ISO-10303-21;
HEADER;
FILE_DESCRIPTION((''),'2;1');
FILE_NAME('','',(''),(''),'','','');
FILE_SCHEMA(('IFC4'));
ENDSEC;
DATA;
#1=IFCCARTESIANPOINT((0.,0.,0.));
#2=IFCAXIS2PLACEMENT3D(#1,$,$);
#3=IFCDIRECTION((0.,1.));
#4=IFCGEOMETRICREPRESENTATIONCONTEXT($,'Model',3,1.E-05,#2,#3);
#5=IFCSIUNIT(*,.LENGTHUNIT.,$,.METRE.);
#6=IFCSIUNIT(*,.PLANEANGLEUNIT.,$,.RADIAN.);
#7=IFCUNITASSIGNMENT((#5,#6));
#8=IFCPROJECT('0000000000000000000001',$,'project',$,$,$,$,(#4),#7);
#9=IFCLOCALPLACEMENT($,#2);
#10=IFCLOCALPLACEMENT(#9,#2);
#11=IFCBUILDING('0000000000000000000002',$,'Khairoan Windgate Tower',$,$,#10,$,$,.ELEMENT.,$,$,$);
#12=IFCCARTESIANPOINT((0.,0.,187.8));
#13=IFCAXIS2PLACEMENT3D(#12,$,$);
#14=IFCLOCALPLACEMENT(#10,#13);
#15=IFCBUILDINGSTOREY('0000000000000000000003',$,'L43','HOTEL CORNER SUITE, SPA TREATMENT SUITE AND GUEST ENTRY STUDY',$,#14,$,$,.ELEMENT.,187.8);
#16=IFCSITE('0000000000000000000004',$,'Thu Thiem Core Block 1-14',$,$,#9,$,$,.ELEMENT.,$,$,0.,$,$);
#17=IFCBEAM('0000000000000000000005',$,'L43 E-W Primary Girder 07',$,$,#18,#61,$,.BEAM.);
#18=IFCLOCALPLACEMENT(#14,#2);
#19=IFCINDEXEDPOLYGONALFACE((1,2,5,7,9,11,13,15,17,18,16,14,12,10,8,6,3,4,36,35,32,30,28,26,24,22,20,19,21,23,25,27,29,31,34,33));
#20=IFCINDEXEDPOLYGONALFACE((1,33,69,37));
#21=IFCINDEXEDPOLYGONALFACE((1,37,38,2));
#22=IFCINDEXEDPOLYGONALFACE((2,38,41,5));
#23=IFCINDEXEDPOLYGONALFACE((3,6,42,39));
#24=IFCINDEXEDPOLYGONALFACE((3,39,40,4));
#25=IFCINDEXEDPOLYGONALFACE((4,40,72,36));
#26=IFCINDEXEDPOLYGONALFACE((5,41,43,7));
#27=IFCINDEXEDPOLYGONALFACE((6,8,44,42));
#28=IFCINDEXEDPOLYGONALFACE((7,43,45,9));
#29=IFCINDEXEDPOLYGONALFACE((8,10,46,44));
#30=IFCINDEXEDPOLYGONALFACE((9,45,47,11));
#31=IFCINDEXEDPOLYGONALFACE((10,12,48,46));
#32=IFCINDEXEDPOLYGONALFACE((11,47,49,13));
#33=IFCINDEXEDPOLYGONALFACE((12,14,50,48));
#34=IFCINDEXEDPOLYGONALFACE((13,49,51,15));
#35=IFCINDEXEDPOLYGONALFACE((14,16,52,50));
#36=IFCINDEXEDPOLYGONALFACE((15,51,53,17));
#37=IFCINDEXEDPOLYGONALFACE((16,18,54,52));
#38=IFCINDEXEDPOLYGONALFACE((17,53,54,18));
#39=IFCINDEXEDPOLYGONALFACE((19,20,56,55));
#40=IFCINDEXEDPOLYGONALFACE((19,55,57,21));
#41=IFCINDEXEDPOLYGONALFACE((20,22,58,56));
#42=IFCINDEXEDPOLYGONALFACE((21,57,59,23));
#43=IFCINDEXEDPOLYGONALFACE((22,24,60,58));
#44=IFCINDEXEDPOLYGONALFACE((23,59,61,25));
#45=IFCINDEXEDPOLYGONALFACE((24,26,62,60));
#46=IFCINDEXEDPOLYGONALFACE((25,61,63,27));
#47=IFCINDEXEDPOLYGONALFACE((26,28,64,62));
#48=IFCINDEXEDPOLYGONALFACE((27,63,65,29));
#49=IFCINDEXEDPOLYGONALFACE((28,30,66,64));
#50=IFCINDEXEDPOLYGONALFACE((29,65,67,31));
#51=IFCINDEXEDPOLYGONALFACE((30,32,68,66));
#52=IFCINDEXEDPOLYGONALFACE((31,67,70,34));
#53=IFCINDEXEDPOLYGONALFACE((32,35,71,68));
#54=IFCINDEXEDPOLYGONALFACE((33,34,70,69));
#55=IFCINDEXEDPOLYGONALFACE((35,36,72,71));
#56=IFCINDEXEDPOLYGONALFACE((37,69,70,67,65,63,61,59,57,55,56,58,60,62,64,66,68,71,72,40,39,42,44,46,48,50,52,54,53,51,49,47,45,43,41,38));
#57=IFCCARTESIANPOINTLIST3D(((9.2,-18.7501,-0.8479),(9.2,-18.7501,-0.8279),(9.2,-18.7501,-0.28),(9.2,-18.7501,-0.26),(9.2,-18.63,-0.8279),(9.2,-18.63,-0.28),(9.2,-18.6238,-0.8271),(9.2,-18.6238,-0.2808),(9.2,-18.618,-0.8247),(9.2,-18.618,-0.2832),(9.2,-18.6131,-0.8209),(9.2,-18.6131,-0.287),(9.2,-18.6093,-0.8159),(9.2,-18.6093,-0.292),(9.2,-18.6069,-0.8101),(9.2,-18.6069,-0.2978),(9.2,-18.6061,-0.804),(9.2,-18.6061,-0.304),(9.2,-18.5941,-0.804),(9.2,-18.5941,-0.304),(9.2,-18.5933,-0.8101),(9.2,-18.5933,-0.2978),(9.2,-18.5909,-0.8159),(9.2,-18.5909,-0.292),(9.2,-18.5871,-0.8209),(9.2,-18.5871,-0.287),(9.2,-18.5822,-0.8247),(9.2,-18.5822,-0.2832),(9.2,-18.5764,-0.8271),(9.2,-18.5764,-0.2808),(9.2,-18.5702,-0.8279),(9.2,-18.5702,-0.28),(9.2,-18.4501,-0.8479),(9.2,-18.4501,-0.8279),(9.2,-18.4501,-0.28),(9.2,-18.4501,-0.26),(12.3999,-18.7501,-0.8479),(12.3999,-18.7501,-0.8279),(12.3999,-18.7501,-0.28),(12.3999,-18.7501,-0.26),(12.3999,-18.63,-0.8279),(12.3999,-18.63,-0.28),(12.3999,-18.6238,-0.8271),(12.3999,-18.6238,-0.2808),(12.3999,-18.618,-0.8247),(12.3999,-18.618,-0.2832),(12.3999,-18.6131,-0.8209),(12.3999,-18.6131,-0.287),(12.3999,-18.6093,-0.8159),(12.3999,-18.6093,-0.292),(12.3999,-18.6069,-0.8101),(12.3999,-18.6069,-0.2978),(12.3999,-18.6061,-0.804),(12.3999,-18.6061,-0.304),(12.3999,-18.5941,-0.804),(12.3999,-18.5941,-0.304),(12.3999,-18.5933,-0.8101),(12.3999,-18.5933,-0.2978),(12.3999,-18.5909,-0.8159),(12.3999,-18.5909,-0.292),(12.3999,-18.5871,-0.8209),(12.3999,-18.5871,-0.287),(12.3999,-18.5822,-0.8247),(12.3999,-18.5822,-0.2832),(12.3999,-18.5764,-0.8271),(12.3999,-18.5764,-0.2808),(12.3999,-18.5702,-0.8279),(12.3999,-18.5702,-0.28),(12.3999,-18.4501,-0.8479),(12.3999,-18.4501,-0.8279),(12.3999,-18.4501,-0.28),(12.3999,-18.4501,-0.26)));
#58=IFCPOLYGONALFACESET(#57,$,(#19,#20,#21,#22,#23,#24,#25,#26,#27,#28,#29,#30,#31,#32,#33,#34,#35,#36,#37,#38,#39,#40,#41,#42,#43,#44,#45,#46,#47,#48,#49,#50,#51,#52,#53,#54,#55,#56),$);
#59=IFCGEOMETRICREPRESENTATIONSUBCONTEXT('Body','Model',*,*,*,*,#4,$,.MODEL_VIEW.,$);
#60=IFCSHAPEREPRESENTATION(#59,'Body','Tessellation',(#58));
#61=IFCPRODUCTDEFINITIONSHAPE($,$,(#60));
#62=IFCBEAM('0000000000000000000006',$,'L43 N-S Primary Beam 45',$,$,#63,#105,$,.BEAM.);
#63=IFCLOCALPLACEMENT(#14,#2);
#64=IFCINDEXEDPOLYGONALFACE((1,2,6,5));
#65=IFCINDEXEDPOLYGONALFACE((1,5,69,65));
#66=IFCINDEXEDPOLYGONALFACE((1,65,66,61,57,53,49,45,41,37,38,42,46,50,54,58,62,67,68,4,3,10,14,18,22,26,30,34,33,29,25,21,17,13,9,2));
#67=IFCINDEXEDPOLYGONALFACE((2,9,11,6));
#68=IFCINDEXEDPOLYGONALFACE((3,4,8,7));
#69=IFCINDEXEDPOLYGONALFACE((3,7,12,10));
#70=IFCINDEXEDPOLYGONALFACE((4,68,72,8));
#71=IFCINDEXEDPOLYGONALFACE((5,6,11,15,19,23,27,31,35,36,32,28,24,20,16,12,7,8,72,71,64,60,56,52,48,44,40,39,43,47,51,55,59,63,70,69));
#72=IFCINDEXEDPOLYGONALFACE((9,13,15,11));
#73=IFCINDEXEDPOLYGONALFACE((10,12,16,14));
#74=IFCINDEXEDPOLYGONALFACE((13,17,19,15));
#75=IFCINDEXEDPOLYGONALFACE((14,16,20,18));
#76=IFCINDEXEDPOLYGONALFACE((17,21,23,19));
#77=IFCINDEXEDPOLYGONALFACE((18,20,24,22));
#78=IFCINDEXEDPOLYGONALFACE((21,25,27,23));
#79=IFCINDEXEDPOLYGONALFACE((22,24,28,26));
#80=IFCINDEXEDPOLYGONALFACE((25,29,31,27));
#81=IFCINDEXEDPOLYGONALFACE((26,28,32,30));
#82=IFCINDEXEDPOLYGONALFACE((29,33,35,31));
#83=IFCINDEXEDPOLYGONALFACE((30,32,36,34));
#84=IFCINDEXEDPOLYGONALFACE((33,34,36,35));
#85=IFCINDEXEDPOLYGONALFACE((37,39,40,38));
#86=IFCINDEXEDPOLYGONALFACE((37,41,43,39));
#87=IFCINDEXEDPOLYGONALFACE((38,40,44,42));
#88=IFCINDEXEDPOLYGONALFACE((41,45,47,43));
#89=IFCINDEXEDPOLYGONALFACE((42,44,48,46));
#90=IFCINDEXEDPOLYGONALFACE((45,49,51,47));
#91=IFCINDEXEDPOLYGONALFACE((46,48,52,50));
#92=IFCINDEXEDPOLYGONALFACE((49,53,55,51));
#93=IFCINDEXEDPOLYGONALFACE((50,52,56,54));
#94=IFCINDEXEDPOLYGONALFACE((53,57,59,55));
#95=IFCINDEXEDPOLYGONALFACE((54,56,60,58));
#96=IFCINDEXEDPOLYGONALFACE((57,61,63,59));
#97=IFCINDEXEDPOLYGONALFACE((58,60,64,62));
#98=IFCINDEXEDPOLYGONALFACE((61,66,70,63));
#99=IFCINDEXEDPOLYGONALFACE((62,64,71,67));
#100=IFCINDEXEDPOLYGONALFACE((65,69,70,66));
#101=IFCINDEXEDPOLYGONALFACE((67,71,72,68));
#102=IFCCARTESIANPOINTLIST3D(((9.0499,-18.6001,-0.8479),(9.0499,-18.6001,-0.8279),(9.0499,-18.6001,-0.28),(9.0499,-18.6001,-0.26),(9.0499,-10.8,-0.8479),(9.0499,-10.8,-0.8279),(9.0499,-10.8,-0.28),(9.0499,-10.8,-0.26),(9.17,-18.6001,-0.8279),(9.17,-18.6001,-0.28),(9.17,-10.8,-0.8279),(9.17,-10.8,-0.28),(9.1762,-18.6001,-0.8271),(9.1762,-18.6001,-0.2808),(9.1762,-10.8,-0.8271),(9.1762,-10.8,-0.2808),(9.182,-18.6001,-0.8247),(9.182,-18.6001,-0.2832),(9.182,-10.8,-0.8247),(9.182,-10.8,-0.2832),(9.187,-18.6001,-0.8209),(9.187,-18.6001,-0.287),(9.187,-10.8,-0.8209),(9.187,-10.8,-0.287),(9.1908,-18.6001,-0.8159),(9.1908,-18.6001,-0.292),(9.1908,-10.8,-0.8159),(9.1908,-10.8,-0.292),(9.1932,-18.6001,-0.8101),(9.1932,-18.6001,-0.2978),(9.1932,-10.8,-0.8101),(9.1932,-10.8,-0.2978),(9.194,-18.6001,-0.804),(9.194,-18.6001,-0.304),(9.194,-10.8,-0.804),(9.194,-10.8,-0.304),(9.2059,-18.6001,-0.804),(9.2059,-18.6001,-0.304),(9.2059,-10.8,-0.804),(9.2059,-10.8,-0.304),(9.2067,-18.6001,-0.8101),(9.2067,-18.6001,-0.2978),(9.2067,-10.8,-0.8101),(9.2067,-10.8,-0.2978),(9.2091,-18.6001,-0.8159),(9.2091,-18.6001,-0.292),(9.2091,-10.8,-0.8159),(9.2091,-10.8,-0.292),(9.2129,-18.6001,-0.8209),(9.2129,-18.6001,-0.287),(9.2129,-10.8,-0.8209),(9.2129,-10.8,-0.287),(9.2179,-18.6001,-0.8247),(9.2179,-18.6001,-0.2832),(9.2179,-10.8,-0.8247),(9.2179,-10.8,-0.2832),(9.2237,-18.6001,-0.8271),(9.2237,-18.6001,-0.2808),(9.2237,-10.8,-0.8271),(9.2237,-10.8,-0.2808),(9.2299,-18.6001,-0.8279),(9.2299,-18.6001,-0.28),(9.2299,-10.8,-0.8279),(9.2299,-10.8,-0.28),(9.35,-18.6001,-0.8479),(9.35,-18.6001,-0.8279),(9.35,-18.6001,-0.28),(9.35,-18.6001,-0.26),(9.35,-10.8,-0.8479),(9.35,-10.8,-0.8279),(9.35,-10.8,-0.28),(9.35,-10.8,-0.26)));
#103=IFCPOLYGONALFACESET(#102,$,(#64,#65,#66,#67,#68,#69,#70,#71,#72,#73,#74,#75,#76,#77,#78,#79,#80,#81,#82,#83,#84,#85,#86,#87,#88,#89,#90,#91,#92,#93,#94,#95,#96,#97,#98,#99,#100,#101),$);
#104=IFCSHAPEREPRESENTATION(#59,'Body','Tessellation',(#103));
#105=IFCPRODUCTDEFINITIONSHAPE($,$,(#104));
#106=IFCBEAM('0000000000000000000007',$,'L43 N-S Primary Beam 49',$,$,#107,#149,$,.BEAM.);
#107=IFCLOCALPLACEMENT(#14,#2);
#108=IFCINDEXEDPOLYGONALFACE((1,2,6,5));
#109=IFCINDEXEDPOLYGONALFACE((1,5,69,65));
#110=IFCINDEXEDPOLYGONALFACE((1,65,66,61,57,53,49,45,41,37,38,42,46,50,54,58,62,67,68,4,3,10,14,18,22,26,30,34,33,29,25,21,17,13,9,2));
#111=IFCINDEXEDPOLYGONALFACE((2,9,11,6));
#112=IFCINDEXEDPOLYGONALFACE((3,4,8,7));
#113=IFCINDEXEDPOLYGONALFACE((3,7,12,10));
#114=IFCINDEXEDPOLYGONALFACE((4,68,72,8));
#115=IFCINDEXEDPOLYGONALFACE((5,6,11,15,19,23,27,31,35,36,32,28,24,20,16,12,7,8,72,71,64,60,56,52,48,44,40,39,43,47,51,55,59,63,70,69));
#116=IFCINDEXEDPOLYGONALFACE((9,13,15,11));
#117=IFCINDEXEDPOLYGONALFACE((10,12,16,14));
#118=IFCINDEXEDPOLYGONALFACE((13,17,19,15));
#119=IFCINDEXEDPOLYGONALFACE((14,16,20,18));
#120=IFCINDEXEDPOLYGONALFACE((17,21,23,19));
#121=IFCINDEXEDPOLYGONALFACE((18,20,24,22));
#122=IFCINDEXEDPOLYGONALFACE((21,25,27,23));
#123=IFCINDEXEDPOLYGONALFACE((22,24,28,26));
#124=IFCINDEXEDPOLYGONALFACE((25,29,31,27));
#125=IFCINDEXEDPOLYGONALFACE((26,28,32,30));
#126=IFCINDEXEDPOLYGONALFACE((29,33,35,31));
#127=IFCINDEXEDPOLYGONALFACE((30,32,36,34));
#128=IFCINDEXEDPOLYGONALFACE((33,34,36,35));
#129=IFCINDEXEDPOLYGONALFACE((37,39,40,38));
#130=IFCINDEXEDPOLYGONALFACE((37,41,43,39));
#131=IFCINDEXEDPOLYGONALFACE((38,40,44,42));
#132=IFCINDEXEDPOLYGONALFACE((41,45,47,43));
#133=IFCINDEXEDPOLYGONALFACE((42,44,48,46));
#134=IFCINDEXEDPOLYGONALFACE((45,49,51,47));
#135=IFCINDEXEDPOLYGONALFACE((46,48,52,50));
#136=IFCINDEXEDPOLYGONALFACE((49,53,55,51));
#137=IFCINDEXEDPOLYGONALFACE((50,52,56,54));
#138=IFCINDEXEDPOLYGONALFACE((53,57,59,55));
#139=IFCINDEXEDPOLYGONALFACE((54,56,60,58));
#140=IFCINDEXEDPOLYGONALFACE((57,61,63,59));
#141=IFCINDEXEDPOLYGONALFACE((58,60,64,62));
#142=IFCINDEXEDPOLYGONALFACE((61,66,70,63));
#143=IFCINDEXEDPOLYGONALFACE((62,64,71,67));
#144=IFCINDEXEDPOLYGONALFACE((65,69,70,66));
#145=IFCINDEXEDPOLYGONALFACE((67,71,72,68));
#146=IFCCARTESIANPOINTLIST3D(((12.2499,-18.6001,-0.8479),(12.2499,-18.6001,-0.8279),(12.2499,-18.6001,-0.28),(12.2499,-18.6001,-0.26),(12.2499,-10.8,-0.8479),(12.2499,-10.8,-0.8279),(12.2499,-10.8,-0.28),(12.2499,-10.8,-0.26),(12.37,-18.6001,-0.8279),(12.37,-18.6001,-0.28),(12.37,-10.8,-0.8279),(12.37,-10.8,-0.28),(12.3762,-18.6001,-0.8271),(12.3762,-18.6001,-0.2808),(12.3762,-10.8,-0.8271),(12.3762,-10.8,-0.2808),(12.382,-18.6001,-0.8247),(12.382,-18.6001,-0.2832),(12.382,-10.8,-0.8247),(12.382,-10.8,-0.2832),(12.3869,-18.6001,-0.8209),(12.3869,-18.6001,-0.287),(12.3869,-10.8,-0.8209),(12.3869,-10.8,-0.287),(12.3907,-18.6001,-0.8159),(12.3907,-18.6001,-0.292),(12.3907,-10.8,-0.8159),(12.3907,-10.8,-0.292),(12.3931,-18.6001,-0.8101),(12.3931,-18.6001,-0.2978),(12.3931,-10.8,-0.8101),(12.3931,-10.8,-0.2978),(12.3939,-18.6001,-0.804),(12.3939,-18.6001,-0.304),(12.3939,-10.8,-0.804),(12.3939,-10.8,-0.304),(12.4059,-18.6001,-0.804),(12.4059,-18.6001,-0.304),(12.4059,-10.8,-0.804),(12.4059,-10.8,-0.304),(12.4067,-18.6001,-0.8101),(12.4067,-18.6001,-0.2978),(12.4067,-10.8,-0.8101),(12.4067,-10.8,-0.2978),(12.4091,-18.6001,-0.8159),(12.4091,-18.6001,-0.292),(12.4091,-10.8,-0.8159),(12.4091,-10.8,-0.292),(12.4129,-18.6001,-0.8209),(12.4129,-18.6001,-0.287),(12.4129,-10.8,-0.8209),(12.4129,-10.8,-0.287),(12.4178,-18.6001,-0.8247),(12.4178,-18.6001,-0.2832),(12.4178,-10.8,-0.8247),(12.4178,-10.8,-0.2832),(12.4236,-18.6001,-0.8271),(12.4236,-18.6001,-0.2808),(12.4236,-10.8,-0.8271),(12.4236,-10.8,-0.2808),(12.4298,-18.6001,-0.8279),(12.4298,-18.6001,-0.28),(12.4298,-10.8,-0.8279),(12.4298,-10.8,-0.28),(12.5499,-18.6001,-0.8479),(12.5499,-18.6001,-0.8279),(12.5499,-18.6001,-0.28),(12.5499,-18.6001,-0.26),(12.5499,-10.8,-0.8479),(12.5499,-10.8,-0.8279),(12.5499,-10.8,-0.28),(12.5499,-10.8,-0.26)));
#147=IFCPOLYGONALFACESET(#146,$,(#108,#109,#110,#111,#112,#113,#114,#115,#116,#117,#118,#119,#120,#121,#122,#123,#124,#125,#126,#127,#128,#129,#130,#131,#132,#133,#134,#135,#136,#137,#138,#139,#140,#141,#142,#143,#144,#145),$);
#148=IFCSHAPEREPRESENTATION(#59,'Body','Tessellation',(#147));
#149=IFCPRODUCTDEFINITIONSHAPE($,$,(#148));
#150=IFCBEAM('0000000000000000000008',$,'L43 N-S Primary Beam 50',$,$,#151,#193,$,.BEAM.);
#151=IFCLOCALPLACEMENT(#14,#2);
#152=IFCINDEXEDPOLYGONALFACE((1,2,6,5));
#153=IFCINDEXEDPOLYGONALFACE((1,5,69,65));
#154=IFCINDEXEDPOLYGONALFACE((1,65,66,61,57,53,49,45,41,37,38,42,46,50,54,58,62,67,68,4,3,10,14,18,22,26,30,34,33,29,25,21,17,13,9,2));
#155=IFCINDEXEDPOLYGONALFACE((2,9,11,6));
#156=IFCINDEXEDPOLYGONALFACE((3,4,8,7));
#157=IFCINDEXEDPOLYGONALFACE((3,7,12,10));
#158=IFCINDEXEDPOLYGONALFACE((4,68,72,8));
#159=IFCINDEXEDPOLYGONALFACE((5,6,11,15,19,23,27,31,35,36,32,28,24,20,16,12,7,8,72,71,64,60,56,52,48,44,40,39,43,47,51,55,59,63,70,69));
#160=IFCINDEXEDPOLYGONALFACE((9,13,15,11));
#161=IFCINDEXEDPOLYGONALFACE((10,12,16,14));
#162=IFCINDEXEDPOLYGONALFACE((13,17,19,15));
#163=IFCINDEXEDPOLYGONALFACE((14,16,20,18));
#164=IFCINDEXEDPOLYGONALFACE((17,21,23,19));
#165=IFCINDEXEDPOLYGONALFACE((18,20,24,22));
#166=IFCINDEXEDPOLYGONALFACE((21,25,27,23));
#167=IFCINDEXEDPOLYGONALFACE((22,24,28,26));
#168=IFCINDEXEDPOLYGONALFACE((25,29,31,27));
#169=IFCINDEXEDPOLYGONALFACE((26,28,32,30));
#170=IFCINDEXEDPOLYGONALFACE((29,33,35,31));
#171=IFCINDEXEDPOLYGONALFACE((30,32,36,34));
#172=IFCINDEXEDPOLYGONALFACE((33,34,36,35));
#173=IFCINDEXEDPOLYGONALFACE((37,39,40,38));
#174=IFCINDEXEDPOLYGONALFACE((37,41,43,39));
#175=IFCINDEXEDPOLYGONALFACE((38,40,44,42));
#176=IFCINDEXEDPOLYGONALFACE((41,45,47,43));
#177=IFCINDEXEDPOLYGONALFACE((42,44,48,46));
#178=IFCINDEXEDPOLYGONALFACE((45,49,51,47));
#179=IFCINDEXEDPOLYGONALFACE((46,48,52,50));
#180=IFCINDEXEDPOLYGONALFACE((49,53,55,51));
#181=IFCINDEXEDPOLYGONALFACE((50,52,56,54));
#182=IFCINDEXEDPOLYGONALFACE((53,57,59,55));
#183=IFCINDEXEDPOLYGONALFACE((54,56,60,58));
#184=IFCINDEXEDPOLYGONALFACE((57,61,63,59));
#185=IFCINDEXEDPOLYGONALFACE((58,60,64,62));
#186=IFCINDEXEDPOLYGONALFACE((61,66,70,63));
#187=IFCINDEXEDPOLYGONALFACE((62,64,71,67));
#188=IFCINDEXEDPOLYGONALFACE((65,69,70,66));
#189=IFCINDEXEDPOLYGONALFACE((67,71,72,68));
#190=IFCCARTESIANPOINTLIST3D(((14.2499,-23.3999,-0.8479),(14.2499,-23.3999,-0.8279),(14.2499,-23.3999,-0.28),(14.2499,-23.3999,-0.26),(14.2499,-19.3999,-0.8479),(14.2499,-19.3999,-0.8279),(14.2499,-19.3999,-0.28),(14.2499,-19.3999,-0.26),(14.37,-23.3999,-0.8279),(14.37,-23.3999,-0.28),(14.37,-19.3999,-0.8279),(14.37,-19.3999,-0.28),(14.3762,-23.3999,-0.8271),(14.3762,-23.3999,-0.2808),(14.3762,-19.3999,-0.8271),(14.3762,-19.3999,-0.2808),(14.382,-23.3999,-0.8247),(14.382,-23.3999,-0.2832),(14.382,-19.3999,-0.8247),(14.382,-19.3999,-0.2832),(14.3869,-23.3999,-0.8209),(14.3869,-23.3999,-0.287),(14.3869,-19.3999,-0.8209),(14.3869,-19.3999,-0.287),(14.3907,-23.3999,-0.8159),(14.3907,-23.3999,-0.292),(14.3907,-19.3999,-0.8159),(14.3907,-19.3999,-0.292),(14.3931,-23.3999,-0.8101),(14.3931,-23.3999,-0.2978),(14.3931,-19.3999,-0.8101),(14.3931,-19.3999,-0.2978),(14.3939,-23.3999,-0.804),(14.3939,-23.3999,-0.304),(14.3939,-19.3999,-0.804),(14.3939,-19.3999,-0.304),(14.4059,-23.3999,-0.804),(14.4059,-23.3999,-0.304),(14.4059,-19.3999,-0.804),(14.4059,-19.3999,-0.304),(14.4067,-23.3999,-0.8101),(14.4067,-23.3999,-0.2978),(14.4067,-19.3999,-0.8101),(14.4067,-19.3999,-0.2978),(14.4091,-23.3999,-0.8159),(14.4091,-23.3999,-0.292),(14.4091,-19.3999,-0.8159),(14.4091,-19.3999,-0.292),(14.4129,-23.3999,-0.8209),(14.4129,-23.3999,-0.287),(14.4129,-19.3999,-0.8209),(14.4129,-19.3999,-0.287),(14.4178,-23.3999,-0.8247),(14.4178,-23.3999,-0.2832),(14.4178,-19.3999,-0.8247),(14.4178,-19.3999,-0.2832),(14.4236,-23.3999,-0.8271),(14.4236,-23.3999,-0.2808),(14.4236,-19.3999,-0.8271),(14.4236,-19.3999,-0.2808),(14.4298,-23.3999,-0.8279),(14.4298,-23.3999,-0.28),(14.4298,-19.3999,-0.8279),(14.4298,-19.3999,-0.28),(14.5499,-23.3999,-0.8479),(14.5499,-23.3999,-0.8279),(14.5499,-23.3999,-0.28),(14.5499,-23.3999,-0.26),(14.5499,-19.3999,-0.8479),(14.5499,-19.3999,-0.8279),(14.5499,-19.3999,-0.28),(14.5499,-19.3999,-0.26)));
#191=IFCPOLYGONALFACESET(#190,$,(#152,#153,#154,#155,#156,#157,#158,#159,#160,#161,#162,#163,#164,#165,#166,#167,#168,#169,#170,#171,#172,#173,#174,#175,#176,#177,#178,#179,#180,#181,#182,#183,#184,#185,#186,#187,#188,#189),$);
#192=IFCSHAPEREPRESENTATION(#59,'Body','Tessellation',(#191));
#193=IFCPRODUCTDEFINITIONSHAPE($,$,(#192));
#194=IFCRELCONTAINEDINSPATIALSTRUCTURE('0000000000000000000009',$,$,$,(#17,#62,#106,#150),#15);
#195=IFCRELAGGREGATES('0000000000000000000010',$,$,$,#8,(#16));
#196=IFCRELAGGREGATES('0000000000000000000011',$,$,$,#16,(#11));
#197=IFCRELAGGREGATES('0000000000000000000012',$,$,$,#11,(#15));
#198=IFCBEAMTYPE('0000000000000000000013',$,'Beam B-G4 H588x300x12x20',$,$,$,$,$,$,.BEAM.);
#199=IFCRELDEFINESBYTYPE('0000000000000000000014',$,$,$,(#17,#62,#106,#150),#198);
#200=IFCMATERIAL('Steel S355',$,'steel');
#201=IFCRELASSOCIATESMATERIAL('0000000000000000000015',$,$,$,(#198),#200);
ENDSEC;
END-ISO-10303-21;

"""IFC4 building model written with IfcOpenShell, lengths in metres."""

from ifc_helpers import new_model, si_unit, direction, frame, origin, origin_2d, place, context, subcontext, project, spatial, i_section, extrude, material, material_profile, profile_set, type_object, element, save


model = new_model("IFC4")

# Units and contexts
model_context = context("Model", 3, precision=1e-05, world=origin(), true_north=direction((0.0, 1.0)))
body_context = subcontext(model_context, "Body", "Model", "MODEL_VIEW")
ifc_project = project(units=[si_unit("LENGTHUNIT", "METRE"), si_unit("PLANEANGLEUNIT", "RADIAN")], contexts=[model_context])

# Site, building, storey
site_placement = place(None, origin())
site = spatial("IfcSite", under=ifc_project, at=site_placement, Name="Thu Thiem Core Block 1-14", CompositionType="ELEMENT", RefElevation=0.0)
building_placement = place(site_placement, origin())
building = spatial("IfcBuilding", under=site, at=building_placement, Name="Khairoan Windgate Tower", CompositionType="ELEMENT")
storey_placement = place(building_placement, frame((0.0, 0.0, 187.8)))
storey = spatial("IfcBuildingStorey", under=building, at=storey_placement, Name="L43", Description="HOTEL CORNER SUITE, SPA TREATMENT SUITE AND GUEST ENTRY STUDY", CompositionType="ELEMENT", Elevation=187.8)

# Beams
ifc_material_1 = material(Name="Steel S355", Category="steel")
ifc_material_profile_1 = material_profile(ifc_material_1, i_section(OverallWidth=0.3, OverallDepth=0.5879, WebThickness=0.012, FlangeThickness=0.02, FilletRadius=0.0239, at=origin_2d()))
ifc_profile_set_1 = profile_set([ifc_material_profile_1], Name="Steel S355")
beam_type_1 = type_object("IfcBeamType", Name="Beam B-G4 H588x300x12x20", PredefinedType="BEAM", material=ifc_profile_set_1)
beam_1_placement = place(storey_placement, frame((9.2, -18.6001, -0.554), z_axis=(1.0, 0.0, 0.0), x_axis=(0.0, 1.0, 0.0)))
element("IfcBeam", 1, at=beam_1_placement, inside=storey, type_object=beam_type_1, Name="L43 E-W Primary Girder 07", PredefinedType="BEAM", context=body_context, shape_type="SweptSolid", body=[
    extrude(i_section(OverallWidth=0.3, OverallDepth=0.5879, WebThickness=0.012, FlangeThickness=0.02, FilletRadius=0.0239, at=origin_2d()), origin(), (0.0, 0.0, 1.0), 3.2),
])
for number, where, z_axis, x_axis, name in (
    (2, (9.2, -18.6001, -0.554), (0.0, 1.0, 0.0), (-1.0, 0.0, 0.0), "L43 N-S Primary Beam 45"),
    (3, (12.3999, -18.6001, -0.554), (0.0, 1.0, 0.0), (-1.0, 0.0, 0.0), "L43 N-S Primary Beam 49"),
):
    element("IfcBeam", number, at=place(storey_placement, frame(where, z_axis=z_axis, x_axis=x_axis)), inside=storey, type_object=beam_type_1, Name=name, PredefinedType="BEAM", context=body_context, shape_type="SweptSolid", body=[
        extrude(i_section(OverallWidth=0.3, OverallDepth=0.5879, WebThickness=0.012, FlangeThickness=0.02, FilletRadius=0.0239, at=origin_2d()), origin(), (0.0, 0.0, 1.0), 7.8),
    ])
beam_2_placement = place(storey_placement, frame((14.3999, -23.3999, -0.554), z_axis=(0.0, 1.0, 0.0), x_axis=(-1.0, 0.0, 0.0)))
element("IfcBeam", 4, at=beam_2_placement, inside=storey, type_object=beam_type_1, Name="L43 N-S Primary Beam 50", PredefinedType="BEAM", context=body_context, shape_type="SweptSolid", body=[
    extrude(i_section(OverallWidth=0.3, OverallDepth=0.5879, WebThickness=0.012, FlangeThickness=0.02, FilletRadius=0.0239, at=origin_2d()), origin(), (0.0, 0.0, 1.0), 4.0),
])

save(model, "model.ifc")
